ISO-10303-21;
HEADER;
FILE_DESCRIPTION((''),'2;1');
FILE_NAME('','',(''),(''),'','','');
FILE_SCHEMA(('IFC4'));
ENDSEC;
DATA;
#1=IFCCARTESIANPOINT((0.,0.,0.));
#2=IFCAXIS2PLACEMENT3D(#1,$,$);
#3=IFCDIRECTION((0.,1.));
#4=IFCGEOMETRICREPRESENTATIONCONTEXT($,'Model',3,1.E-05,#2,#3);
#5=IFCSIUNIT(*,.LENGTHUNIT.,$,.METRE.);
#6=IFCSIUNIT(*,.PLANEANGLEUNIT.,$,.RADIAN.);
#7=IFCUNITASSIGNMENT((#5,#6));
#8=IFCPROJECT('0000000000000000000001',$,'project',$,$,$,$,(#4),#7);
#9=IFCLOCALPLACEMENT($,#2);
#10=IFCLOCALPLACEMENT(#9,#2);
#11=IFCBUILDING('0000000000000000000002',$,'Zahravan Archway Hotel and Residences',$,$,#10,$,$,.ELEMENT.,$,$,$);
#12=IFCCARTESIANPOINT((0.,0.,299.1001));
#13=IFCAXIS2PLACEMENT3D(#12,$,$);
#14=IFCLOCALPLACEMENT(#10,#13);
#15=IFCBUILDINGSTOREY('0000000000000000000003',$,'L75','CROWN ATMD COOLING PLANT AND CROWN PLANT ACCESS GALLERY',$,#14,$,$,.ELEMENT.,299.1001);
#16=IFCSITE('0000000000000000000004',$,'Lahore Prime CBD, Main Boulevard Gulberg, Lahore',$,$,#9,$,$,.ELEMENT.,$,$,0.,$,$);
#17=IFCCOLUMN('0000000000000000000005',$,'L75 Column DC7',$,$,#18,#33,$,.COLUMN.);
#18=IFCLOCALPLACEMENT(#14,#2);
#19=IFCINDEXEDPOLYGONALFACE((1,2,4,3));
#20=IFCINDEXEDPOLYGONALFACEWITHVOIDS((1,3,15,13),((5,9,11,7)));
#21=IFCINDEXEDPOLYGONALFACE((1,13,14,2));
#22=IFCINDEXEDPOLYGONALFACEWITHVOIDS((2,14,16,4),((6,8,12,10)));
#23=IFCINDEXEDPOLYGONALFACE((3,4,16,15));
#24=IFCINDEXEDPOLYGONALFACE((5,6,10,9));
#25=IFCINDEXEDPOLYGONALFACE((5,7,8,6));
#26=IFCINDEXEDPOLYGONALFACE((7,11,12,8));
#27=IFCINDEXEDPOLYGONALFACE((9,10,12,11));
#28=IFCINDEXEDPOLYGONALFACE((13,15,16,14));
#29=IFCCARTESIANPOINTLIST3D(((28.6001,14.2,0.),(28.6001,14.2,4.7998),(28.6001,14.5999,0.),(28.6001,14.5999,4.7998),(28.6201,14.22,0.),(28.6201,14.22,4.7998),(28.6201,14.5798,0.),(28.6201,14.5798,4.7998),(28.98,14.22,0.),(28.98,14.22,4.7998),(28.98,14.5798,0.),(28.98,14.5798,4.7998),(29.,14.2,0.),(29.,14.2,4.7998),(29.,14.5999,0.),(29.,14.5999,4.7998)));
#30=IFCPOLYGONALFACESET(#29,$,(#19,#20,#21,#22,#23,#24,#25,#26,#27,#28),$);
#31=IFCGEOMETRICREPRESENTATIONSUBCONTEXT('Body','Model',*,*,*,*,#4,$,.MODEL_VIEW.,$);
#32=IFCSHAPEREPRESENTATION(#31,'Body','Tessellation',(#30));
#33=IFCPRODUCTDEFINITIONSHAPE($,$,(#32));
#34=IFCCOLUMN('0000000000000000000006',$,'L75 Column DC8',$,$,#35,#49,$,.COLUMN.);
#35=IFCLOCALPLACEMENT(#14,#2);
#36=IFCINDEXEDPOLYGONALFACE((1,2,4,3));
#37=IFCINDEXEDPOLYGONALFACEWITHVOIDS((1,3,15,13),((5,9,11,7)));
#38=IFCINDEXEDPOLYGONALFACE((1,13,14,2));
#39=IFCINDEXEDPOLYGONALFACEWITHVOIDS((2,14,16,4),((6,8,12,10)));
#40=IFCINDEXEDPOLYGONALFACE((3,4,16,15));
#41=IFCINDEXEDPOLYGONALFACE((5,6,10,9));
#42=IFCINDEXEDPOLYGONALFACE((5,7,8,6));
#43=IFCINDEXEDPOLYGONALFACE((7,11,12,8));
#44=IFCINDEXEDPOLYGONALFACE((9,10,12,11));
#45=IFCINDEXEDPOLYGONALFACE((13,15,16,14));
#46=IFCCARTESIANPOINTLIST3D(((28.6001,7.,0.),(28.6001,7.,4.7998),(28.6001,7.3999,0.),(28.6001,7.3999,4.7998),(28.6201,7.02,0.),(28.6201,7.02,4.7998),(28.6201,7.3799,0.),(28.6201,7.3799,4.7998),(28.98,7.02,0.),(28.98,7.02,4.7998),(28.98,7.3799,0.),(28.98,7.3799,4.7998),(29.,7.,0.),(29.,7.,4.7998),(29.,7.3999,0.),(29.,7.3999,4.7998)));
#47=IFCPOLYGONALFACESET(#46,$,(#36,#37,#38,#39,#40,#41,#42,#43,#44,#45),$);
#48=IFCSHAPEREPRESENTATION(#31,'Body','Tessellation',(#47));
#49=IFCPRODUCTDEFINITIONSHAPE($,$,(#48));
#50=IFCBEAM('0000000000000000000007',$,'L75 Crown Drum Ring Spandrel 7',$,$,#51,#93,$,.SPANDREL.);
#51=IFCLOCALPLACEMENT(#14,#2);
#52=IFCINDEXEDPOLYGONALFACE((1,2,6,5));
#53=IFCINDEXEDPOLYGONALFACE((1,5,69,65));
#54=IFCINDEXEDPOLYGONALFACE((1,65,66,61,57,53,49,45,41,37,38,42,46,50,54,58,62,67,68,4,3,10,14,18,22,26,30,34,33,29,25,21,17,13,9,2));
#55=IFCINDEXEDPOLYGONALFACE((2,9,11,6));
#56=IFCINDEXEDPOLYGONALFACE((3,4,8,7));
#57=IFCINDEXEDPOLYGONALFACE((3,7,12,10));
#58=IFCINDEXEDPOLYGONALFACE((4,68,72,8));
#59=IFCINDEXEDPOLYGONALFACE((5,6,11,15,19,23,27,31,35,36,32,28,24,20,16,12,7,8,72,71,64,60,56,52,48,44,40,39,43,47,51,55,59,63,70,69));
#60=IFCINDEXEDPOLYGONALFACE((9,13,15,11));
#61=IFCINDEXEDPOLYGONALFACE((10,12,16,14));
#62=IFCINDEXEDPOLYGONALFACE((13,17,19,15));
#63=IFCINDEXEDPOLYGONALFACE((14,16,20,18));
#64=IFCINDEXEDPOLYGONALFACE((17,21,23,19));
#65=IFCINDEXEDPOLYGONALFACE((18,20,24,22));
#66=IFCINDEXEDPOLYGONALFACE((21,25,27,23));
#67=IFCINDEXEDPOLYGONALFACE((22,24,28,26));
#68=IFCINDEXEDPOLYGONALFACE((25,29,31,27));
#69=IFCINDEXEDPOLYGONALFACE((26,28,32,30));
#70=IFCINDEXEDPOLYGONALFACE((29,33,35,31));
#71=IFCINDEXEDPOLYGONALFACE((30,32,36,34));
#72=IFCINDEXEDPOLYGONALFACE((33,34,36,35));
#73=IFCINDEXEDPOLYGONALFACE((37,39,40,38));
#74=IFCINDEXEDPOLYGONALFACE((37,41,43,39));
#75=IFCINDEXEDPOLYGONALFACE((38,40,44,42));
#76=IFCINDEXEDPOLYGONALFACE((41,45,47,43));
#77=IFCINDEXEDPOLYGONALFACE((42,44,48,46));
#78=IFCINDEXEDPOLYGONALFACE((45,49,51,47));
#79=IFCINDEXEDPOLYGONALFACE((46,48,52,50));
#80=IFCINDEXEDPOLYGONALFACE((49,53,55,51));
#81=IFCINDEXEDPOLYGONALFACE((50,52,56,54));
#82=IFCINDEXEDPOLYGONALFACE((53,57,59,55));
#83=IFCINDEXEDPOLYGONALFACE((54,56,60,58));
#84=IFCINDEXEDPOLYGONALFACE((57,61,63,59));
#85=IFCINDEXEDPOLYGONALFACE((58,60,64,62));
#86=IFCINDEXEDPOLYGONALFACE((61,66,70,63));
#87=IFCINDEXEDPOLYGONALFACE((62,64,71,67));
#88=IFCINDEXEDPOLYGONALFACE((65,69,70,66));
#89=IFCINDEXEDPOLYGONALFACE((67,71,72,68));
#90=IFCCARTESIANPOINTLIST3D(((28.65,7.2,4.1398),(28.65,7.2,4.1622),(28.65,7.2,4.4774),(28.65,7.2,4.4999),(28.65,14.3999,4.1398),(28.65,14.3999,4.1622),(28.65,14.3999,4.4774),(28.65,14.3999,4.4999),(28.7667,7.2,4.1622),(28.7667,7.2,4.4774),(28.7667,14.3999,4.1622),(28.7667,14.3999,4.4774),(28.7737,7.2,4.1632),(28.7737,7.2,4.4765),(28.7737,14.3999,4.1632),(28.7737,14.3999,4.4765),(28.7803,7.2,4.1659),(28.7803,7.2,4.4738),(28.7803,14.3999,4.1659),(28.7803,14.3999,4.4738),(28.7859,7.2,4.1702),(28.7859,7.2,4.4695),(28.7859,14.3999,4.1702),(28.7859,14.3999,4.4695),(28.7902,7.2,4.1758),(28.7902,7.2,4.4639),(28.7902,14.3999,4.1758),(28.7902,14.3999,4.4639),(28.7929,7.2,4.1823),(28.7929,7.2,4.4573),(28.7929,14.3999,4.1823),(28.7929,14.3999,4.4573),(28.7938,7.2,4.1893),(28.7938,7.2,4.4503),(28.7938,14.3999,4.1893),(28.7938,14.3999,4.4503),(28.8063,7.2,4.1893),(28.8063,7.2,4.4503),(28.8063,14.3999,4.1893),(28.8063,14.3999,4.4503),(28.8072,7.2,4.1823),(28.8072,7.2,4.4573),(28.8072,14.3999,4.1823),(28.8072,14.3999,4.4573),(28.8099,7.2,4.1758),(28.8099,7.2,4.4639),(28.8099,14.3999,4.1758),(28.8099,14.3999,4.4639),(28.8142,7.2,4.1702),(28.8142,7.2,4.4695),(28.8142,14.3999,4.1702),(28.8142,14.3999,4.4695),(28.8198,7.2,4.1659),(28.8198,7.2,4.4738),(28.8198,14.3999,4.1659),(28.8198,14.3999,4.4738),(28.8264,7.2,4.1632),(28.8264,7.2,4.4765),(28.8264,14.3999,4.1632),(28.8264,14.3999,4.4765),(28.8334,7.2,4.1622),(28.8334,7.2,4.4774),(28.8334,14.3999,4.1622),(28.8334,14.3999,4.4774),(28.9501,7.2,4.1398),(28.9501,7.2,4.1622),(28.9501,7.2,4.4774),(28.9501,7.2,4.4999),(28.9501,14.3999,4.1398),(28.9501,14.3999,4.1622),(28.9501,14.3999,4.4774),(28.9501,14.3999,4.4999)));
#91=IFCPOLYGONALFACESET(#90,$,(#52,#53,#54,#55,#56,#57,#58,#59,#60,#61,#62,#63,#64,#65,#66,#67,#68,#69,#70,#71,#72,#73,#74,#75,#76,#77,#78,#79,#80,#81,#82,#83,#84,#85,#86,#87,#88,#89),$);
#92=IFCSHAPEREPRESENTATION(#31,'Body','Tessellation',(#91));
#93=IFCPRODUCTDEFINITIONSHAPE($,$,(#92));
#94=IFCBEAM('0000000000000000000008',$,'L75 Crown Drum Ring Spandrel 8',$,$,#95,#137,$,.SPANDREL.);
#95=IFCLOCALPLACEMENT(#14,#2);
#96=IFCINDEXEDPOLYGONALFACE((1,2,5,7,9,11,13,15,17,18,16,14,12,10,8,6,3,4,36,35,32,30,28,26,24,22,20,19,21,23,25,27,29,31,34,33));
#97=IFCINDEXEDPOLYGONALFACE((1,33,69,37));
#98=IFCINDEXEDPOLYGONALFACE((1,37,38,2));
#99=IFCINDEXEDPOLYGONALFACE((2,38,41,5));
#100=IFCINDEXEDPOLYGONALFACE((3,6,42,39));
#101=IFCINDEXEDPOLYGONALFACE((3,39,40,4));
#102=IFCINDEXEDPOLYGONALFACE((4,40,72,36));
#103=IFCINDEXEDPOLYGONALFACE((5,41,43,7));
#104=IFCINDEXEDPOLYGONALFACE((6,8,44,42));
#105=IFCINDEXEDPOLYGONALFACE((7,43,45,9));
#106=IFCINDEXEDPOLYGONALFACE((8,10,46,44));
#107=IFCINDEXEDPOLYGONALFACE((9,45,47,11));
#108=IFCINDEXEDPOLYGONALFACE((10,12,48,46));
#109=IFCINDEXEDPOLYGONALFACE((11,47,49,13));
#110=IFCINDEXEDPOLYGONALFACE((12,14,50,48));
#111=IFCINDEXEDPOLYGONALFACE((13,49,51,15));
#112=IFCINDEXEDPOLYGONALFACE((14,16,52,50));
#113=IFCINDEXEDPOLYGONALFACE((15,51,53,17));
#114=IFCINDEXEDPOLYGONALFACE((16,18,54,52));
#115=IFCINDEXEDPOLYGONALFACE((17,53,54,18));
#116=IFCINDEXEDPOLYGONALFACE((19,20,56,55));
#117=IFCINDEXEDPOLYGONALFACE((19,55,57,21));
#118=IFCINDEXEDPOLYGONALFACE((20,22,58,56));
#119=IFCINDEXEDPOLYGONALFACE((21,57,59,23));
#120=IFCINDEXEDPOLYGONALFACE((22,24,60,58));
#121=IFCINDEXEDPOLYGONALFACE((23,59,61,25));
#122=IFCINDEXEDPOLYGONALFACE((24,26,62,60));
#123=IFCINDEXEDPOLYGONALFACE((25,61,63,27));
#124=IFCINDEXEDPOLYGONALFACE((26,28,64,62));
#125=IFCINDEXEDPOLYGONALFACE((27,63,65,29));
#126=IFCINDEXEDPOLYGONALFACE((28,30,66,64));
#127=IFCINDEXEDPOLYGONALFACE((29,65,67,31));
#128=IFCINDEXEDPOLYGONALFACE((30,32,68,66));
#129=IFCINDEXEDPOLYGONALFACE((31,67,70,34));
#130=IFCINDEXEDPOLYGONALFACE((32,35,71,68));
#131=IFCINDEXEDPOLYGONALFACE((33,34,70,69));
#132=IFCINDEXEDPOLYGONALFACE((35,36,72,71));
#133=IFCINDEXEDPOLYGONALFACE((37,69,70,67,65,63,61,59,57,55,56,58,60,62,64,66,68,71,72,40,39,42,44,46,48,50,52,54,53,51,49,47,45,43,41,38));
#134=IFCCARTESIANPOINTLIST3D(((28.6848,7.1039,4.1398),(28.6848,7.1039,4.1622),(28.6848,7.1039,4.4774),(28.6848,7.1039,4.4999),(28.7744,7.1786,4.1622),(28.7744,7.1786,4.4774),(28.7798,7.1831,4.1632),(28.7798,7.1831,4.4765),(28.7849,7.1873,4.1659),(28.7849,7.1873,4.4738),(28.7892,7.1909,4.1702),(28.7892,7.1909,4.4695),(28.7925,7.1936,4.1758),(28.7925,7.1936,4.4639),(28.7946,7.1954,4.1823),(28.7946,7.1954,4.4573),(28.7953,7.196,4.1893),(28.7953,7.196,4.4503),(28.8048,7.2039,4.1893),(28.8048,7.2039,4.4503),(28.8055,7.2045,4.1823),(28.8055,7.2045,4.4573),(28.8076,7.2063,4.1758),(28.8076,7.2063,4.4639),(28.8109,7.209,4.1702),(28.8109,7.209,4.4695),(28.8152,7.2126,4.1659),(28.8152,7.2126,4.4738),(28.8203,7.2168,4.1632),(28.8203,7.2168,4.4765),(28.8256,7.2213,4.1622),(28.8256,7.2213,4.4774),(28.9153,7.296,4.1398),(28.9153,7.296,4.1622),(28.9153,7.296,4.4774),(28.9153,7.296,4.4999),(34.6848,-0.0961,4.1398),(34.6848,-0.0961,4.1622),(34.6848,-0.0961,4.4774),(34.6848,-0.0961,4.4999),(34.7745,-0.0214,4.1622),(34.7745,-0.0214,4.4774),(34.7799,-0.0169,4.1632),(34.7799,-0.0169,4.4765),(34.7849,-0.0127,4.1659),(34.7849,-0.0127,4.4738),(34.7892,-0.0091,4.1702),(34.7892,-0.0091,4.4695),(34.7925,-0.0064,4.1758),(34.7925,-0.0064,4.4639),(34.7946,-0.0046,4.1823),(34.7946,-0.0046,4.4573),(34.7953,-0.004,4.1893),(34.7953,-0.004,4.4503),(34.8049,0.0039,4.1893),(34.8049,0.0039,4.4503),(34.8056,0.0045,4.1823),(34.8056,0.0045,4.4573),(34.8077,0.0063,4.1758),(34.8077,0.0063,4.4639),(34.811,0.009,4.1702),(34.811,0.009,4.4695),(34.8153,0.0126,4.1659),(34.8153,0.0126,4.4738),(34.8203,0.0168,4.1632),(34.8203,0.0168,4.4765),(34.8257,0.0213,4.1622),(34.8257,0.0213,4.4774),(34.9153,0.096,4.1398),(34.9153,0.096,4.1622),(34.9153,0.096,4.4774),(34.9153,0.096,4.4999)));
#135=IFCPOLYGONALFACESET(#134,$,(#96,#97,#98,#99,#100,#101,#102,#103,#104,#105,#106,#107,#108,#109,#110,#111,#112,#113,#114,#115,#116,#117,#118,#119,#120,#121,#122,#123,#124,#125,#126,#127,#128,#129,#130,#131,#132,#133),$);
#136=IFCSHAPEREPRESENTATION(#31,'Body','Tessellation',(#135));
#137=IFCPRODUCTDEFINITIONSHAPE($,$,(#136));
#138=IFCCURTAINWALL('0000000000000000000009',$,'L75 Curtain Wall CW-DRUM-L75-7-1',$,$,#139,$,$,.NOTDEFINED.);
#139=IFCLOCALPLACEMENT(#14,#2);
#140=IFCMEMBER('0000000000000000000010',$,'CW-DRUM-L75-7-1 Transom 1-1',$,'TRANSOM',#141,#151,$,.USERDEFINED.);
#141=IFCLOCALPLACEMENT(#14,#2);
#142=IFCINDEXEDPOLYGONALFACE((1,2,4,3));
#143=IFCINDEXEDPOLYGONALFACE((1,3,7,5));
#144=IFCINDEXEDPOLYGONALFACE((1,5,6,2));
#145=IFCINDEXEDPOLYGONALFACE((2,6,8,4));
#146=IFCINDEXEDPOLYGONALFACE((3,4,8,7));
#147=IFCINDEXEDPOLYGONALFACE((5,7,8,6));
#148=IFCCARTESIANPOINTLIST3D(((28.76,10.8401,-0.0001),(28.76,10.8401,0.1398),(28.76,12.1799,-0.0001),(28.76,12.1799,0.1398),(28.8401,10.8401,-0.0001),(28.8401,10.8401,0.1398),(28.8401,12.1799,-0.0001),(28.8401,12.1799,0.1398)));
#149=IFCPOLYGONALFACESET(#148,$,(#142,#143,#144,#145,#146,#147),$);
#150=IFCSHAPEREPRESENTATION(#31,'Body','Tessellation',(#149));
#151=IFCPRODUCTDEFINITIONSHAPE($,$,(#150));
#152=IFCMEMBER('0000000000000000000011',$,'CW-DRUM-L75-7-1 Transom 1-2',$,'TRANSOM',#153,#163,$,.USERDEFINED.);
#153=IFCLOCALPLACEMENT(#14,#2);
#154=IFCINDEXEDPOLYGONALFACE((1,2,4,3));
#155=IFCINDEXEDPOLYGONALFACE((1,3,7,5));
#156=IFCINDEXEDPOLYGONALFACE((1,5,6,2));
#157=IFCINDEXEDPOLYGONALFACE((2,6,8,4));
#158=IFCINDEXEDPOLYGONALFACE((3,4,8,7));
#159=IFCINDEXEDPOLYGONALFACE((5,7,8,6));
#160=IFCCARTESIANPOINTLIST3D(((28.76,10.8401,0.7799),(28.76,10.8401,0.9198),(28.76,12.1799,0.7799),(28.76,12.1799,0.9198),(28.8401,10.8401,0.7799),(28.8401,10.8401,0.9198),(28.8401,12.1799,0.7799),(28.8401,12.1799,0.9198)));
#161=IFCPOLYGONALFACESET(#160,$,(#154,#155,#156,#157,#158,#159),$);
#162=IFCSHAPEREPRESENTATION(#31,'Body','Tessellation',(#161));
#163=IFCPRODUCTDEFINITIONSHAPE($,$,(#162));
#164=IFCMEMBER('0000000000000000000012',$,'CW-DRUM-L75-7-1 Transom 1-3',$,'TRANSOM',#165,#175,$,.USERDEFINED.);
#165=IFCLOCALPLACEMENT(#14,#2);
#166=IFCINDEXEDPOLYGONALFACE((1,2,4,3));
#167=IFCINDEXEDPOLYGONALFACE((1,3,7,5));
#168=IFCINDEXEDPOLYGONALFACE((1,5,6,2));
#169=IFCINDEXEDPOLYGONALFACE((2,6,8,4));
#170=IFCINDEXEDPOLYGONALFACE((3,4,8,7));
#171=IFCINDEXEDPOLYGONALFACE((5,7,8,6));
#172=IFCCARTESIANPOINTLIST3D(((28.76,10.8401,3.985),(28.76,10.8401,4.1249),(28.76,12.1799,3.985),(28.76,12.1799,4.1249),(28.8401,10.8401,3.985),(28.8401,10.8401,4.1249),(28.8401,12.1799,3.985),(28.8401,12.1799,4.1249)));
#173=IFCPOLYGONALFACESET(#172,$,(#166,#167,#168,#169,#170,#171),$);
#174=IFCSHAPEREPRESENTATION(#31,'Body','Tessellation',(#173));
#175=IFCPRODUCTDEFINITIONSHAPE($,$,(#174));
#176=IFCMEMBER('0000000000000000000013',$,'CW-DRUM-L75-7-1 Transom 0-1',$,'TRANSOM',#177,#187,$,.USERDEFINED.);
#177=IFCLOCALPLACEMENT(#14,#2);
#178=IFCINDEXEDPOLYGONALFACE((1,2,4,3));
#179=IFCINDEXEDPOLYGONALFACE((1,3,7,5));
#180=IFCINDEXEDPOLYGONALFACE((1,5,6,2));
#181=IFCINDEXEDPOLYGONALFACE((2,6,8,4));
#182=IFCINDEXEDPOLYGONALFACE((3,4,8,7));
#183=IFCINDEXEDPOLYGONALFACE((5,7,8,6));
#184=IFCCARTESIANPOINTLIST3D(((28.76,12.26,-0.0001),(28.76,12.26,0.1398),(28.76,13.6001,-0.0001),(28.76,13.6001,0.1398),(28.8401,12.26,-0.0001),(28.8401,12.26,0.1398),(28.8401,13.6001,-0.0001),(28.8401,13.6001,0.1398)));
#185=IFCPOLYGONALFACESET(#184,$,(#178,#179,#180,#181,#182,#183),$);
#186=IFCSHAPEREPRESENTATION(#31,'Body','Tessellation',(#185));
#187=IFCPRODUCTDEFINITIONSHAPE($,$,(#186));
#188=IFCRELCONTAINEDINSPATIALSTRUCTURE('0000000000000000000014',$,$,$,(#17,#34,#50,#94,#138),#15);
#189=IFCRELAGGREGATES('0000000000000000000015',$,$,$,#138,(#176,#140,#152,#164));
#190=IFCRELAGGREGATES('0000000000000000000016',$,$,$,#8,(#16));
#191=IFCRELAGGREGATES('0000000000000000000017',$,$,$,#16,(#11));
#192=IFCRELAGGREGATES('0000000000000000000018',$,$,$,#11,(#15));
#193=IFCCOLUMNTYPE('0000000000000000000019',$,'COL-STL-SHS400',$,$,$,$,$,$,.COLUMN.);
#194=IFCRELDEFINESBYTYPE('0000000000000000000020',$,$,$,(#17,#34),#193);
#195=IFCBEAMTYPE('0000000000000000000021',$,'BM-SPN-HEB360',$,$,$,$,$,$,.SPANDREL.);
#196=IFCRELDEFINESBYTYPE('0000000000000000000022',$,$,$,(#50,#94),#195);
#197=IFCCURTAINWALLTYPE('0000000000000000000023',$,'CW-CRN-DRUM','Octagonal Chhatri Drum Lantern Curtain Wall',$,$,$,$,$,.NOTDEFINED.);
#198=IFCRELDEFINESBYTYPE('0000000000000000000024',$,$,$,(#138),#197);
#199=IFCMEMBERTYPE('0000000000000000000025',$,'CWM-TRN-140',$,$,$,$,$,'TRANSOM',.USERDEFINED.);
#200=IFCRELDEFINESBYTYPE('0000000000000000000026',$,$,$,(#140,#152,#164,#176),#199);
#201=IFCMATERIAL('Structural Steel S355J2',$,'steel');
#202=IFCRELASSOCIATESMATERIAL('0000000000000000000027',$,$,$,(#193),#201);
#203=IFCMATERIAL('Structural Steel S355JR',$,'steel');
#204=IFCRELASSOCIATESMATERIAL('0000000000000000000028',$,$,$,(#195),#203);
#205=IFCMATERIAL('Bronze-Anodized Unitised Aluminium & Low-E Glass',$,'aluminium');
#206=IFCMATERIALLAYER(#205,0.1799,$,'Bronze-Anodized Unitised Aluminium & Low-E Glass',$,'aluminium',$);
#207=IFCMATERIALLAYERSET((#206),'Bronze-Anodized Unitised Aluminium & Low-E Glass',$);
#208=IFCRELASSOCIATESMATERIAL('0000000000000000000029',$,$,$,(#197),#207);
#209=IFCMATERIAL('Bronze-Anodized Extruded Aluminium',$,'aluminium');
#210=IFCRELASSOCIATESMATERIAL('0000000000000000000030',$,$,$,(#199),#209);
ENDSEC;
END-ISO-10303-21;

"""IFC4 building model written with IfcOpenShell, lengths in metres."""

from ifc_helpers import new_model, si_unit, direction, frame, origin, origin_2d, place, context, subcontext, project, spatial, rectangle, hollow_rectangle, i_section, extrude, source, transform, mapped, material, layer, layer_set, material_profile, profile_set, type_object, type_shapes, element, aggregate, save


model = new_model("IFC4")

# Units and contexts
model_context = context("Model", 3, precision=1e-05, world=origin(), true_north=direction((0.0, 1.0)))
body_context = subcontext(model_context, "Body", "Model", "MODEL_VIEW")
ifc_project = project(units=[si_unit("LENGTHUNIT", "METRE"), si_unit("PLANEANGLEUNIT", "RADIAN")], contexts=[model_context])

# Site, building, storey
site_placement = place(None, origin())
site = spatial("IfcSite", under=ifc_project, at=site_placement, Name="Lahore Prime CBD, Main Boulevard Gulberg, Lahore", CompositionType="ELEMENT", RefElevation=0.0)
building_placement = place(site_placement, origin())
building = spatial("IfcBuilding", under=site, at=building_placement, Name="Zahravan Archway Hotel and Residences", CompositionType="ELEMENT")
storey_placement = place(building_placement, frame((0.0, 0.0, 299.1001)))
storey = spatial("IfcBuildingStorey", under=building, at=storey_placement, Name="L75", Description="CROWN ATMD COOLING PLANT AND CROWN PLANT ACCESS GALLERY", CompositionType="ELEMENT", Elevation=299.1001)

# Columns
ifc_material_1 = material(Name="Structural Steel S355J2", Category="steel")
ifc_material_profile_1 = material_profile(ifc_material_1, hollow_rectangle(XDim=0.3999, YDim=0.3999, WallThickness=0.02, at=origin_2d()), Name="SHS 400x400x20", Category="steel")
ifc_profile_set_1 = profile_set([ifc_material_profile_1], Name="Structural Steel S355J2")
column_type = type_object("IfcColumnType", Name="COL-STL-SHS400", PredefinedType="COLUMN", material=ifc_profile_set_1)
shared_shape_1 = source(origin(), body_context, "Body", "SweptSolid", [
    extrude(hollow_rectangle(XDim=0.3999, YDim=0.3999, WallThickness=0.02, at=origin_2d()), origin(), (0.0, 0.0, 1.0), 4.7998),
])
type_shapes(column_type, [shared_shape_1])
for number, where, z_axis, x_axis, name in (
    (1, (28.8, 14.3999, 0.0), (0.0, 0.0, 1.0), (1.0, 0.0, 0.0), "L75 Column DC7"),
    (2, (28.8, 7.2, 0.0), (0.0, 0.0, 1.0), (1.0, 0.0, 0.0), "L75 Column DC8"),
):
    element("IfcColumn", number, at=place(storey_placement, frame(where, z_axis=z_axis, x_axis=x_axis)), inside=storey, type_object=column_type, Name=name, PredefinedType="COLUMN", context=body_context, shape_type="MappedRepresentation", body=[
        mapped(shared_shape_1, transform((0.0, 0.0, 0.0), scale=1.0)),
    ])

# Beams
ifc_material_2 = material(Name="Structural Steel S355JR", Category="steel")
ifc_material_profile_2 = material_profile(ifc_material_2, i_section(OverallWidth=0.3, OverallDepth=0.3601, WebThickness=0.0125, FlangeThickness=0.0225, FilletRadius=0.0271, at=origin_2d()), Name="HEB 360", Category="steel")
ifc_profile_set_2 = profile_set([ifc_material_profile_2], Name="Structural Steel S355JR")
beam_type = type_object("IfcBeamType", Name="BM-SPN-HEB360", PredefinedType="SPANDREL", material=ifc_profile_set_2)
shared_shape_2 = source(origin(), body_context, "Body", "SweptSolid", [
    extrude(i_section(OverallWidth=0.3, OverallDepth=0.3601, WebThickness=0.0125, FlangeThickness=0.0225, FilletRadius=0.0271, at=origin_2d()), origin(), (0.0, 0.0, 1.0), 7.2),
])
type_shapes(beam_type, [shared_shape_2])
beam_1_placement = place(storey_placement, frame((28.8, 14.3999, 4.3198), z_axis=(0.0, -1.0, 0.0), x_axis=(1.0, 0.0, 0.0)))
element("IfcBeam", 3, at=beam_1_placement, inside=storey, type_object=beam_type, Name="L75 Crown Drum Ring Spandrel 7", PredefinedType="SPANDREL", context=body_context, shape_type="MappedRepresentation", body=[
    mapped(shared_shape_2, transform((0.0, 0.0, 0.0), scale=1.0)),
])
shared_shape_3 = source(origin(), body_context, "Body", "SweptSolid", [
    extrude(i_section(OverallWidth=0.3, OverallDepth=0.3601, WebThickness=0.0125, FlangeThickness=0.0225, FilletRadius=0.0271, at=origin_2d()), origin(), (0.0, 0.0, 1.0), 9.3723),
])
beam_2_placement = place(storey_placement, frame((28.8, 7.2, 4.3198), z_axis=(0.640187, -0.768219, 0.0), x_axis=(0.768219, 0.640187, 0.0)))
element("IfcBeam", 4, at=beam_2_placement, inside=storey, type_object=beam_type, Name="L75 Crown Drum Ring Spandrel 8", PredefinedType="SPANDREL", context=body_context, shape_type="MappedRepresentation", body=[
    mapped(shared_shape_3, transform((0.0, 0.0, 0.0), scale=1.0)),
])

# Curtain wall, members
ifc_material_3 = material(Name="Bronze-Anodized Unitised Aluminium & Low-E Glass", Category="aluminium")
ifc_layer_1 = layer(ifc_material_3, 0.1799, Name="Bronze-Anodized Unitised Aluminium & Low-E Glass", Category="aluminium")
ifc_layer_set_1 = layer_set([ifc_layer_1], Name="Bronze-Anodized Unitised Aluminium & Low-E Glass")
curtain_wall_type = type_object("IfcCurtainWallType", Name="CW-CRN-DRUM", Description="Octagonal Chhatri Drum Lantern Curtain Wall", PredefinedType="NOTDEFINED", material=ifc_layer_set_1)
curtain_wall_placement = place(storey_placement, origin())
curtain_wall = element("IfcCurtainWall", 5, at=curtain_wall_placement, inside=storey, type_object=curtain_wall_type, Name="L75 Curtain Wall CW-DRUM-L75-7-1", PredefinedType="NOTDEFINED")
ifc_material_4 = material(Name="Bronze-Anodized Extruded Aluminium", Category="aluminium")
ifc_material_profile_3 = material_profile(ifc_material_4, rectangle(XDim=0.0801, YDim=0.1399, at=origin_2d()), Name="TRN 80x140", Category="aluminium")
ifc_profile_set_3 = profile_set([ifc_material_profile_3], Name="Bronze-Anodized Extruded Aluminium")
member_type_1 = type_object("IfcMemberType", Name="CWM-TRN-140", ElementType="TRANSOM", PredefinedType="USERDEFINED", material=ifc_profile_set_3)
shared_shape_4 = source(origin(), body_context, "Body", "SweptSolid", [
    extrude(rectangle(XDim=0.0801, YDim=0.1399, at=origin_2d()), origin(), (0.0, 0.0, 1.0), 1.3398),
])
member_1_placement = place(storey_placement, frame((28.8, 12.1799, 0.0698), z_axis=(0.0, -1.0, 0.0), x_axis=(1.0, 0.0, 0.0)))
member_1 = element("IfcMember", 6, at=member_1_placement, type_object=member_type_1, Name="CW-DRUM-L75-7-1 Transom 1-1", ObjectType="TRANSOM", PredefinedType="USERDEFINED", context=body_context, shape_type="MappedRepresentation", body=[
    mapped(shared_shape_4, transform((0.0, 0.0, 0.0), scale=1.0)),
])
member_2_placement = place(storey_placement, frame((28.8, 12.1799, 0.8499), z_axis=(0.0, -1.0, 0.0), x_axis=(1.0, 0.0, 0.0)))
member_2 = element("IfcMember", 7, at=member_2_placement, type_object=member_type_1, Name="CW-DRUM-L75-7-1 Transom 1-2", ObjectType="TRANSOM", PredefinedType="USERDEFINED", context=body_context, shape_type="MappedRepresentation", body=[
    mapped(shared_shape_4, transform((0.0, 0.0, 0.0), scale=1.0)),
])
member_3_placement = place(storey_placement, frame((28.8, 12.1799, 4.0549), z_axis=(0.0, -1.0, 0.0), x_axis=(1.0, 0.0, 0.0)))
member_3 = element("IfcMember", 8, at=member_3_placement, type_object=member_type_1, Name="CW-DRUM-L75-7-1 Transom 1-3", ObjectType="TRANSOM", PredefinedType="USERDEFINED", context=body_context, shape_type="MappedRepresentation", body=[
    mapped(shared_shape_4, transform((0.0, 0.0, 0.0), scale=1.0)),
])
shared_shape_5 = source(origin(), body_context, "Body", "SweptSolid", [
    extrude(rectangle(XDim=0.0801, YDim=0.1399, at=origin_2d()), origin(), (0.0, 0.0, 1.0), 1.3401),
])
member_4_placement = place(storey_placement, frame((28.8, 13.6001, 0.0698), z_axis=(0.0, -1.0, 0.0), x_axis=(1.0, 0.0, 0.0)))
member_4 = element("IfcMember", 9, at=member_4_placement, type_object=member_type_1, Name="CW-DRUM-L75-7-1 Transom 0-1", ObjectType="TRANSOM", PredefinedType="USERDEFINED", context=body_context, shape_type="MappedRepresentation", body=[
    mapped(shared_shape_5, transform((0.0, 0.0, 0.0), scale=1.0)),
])

aggregate(curtain_wall, [member_4, member_1, member_2, member_3])

save(model, "model.ifc")
